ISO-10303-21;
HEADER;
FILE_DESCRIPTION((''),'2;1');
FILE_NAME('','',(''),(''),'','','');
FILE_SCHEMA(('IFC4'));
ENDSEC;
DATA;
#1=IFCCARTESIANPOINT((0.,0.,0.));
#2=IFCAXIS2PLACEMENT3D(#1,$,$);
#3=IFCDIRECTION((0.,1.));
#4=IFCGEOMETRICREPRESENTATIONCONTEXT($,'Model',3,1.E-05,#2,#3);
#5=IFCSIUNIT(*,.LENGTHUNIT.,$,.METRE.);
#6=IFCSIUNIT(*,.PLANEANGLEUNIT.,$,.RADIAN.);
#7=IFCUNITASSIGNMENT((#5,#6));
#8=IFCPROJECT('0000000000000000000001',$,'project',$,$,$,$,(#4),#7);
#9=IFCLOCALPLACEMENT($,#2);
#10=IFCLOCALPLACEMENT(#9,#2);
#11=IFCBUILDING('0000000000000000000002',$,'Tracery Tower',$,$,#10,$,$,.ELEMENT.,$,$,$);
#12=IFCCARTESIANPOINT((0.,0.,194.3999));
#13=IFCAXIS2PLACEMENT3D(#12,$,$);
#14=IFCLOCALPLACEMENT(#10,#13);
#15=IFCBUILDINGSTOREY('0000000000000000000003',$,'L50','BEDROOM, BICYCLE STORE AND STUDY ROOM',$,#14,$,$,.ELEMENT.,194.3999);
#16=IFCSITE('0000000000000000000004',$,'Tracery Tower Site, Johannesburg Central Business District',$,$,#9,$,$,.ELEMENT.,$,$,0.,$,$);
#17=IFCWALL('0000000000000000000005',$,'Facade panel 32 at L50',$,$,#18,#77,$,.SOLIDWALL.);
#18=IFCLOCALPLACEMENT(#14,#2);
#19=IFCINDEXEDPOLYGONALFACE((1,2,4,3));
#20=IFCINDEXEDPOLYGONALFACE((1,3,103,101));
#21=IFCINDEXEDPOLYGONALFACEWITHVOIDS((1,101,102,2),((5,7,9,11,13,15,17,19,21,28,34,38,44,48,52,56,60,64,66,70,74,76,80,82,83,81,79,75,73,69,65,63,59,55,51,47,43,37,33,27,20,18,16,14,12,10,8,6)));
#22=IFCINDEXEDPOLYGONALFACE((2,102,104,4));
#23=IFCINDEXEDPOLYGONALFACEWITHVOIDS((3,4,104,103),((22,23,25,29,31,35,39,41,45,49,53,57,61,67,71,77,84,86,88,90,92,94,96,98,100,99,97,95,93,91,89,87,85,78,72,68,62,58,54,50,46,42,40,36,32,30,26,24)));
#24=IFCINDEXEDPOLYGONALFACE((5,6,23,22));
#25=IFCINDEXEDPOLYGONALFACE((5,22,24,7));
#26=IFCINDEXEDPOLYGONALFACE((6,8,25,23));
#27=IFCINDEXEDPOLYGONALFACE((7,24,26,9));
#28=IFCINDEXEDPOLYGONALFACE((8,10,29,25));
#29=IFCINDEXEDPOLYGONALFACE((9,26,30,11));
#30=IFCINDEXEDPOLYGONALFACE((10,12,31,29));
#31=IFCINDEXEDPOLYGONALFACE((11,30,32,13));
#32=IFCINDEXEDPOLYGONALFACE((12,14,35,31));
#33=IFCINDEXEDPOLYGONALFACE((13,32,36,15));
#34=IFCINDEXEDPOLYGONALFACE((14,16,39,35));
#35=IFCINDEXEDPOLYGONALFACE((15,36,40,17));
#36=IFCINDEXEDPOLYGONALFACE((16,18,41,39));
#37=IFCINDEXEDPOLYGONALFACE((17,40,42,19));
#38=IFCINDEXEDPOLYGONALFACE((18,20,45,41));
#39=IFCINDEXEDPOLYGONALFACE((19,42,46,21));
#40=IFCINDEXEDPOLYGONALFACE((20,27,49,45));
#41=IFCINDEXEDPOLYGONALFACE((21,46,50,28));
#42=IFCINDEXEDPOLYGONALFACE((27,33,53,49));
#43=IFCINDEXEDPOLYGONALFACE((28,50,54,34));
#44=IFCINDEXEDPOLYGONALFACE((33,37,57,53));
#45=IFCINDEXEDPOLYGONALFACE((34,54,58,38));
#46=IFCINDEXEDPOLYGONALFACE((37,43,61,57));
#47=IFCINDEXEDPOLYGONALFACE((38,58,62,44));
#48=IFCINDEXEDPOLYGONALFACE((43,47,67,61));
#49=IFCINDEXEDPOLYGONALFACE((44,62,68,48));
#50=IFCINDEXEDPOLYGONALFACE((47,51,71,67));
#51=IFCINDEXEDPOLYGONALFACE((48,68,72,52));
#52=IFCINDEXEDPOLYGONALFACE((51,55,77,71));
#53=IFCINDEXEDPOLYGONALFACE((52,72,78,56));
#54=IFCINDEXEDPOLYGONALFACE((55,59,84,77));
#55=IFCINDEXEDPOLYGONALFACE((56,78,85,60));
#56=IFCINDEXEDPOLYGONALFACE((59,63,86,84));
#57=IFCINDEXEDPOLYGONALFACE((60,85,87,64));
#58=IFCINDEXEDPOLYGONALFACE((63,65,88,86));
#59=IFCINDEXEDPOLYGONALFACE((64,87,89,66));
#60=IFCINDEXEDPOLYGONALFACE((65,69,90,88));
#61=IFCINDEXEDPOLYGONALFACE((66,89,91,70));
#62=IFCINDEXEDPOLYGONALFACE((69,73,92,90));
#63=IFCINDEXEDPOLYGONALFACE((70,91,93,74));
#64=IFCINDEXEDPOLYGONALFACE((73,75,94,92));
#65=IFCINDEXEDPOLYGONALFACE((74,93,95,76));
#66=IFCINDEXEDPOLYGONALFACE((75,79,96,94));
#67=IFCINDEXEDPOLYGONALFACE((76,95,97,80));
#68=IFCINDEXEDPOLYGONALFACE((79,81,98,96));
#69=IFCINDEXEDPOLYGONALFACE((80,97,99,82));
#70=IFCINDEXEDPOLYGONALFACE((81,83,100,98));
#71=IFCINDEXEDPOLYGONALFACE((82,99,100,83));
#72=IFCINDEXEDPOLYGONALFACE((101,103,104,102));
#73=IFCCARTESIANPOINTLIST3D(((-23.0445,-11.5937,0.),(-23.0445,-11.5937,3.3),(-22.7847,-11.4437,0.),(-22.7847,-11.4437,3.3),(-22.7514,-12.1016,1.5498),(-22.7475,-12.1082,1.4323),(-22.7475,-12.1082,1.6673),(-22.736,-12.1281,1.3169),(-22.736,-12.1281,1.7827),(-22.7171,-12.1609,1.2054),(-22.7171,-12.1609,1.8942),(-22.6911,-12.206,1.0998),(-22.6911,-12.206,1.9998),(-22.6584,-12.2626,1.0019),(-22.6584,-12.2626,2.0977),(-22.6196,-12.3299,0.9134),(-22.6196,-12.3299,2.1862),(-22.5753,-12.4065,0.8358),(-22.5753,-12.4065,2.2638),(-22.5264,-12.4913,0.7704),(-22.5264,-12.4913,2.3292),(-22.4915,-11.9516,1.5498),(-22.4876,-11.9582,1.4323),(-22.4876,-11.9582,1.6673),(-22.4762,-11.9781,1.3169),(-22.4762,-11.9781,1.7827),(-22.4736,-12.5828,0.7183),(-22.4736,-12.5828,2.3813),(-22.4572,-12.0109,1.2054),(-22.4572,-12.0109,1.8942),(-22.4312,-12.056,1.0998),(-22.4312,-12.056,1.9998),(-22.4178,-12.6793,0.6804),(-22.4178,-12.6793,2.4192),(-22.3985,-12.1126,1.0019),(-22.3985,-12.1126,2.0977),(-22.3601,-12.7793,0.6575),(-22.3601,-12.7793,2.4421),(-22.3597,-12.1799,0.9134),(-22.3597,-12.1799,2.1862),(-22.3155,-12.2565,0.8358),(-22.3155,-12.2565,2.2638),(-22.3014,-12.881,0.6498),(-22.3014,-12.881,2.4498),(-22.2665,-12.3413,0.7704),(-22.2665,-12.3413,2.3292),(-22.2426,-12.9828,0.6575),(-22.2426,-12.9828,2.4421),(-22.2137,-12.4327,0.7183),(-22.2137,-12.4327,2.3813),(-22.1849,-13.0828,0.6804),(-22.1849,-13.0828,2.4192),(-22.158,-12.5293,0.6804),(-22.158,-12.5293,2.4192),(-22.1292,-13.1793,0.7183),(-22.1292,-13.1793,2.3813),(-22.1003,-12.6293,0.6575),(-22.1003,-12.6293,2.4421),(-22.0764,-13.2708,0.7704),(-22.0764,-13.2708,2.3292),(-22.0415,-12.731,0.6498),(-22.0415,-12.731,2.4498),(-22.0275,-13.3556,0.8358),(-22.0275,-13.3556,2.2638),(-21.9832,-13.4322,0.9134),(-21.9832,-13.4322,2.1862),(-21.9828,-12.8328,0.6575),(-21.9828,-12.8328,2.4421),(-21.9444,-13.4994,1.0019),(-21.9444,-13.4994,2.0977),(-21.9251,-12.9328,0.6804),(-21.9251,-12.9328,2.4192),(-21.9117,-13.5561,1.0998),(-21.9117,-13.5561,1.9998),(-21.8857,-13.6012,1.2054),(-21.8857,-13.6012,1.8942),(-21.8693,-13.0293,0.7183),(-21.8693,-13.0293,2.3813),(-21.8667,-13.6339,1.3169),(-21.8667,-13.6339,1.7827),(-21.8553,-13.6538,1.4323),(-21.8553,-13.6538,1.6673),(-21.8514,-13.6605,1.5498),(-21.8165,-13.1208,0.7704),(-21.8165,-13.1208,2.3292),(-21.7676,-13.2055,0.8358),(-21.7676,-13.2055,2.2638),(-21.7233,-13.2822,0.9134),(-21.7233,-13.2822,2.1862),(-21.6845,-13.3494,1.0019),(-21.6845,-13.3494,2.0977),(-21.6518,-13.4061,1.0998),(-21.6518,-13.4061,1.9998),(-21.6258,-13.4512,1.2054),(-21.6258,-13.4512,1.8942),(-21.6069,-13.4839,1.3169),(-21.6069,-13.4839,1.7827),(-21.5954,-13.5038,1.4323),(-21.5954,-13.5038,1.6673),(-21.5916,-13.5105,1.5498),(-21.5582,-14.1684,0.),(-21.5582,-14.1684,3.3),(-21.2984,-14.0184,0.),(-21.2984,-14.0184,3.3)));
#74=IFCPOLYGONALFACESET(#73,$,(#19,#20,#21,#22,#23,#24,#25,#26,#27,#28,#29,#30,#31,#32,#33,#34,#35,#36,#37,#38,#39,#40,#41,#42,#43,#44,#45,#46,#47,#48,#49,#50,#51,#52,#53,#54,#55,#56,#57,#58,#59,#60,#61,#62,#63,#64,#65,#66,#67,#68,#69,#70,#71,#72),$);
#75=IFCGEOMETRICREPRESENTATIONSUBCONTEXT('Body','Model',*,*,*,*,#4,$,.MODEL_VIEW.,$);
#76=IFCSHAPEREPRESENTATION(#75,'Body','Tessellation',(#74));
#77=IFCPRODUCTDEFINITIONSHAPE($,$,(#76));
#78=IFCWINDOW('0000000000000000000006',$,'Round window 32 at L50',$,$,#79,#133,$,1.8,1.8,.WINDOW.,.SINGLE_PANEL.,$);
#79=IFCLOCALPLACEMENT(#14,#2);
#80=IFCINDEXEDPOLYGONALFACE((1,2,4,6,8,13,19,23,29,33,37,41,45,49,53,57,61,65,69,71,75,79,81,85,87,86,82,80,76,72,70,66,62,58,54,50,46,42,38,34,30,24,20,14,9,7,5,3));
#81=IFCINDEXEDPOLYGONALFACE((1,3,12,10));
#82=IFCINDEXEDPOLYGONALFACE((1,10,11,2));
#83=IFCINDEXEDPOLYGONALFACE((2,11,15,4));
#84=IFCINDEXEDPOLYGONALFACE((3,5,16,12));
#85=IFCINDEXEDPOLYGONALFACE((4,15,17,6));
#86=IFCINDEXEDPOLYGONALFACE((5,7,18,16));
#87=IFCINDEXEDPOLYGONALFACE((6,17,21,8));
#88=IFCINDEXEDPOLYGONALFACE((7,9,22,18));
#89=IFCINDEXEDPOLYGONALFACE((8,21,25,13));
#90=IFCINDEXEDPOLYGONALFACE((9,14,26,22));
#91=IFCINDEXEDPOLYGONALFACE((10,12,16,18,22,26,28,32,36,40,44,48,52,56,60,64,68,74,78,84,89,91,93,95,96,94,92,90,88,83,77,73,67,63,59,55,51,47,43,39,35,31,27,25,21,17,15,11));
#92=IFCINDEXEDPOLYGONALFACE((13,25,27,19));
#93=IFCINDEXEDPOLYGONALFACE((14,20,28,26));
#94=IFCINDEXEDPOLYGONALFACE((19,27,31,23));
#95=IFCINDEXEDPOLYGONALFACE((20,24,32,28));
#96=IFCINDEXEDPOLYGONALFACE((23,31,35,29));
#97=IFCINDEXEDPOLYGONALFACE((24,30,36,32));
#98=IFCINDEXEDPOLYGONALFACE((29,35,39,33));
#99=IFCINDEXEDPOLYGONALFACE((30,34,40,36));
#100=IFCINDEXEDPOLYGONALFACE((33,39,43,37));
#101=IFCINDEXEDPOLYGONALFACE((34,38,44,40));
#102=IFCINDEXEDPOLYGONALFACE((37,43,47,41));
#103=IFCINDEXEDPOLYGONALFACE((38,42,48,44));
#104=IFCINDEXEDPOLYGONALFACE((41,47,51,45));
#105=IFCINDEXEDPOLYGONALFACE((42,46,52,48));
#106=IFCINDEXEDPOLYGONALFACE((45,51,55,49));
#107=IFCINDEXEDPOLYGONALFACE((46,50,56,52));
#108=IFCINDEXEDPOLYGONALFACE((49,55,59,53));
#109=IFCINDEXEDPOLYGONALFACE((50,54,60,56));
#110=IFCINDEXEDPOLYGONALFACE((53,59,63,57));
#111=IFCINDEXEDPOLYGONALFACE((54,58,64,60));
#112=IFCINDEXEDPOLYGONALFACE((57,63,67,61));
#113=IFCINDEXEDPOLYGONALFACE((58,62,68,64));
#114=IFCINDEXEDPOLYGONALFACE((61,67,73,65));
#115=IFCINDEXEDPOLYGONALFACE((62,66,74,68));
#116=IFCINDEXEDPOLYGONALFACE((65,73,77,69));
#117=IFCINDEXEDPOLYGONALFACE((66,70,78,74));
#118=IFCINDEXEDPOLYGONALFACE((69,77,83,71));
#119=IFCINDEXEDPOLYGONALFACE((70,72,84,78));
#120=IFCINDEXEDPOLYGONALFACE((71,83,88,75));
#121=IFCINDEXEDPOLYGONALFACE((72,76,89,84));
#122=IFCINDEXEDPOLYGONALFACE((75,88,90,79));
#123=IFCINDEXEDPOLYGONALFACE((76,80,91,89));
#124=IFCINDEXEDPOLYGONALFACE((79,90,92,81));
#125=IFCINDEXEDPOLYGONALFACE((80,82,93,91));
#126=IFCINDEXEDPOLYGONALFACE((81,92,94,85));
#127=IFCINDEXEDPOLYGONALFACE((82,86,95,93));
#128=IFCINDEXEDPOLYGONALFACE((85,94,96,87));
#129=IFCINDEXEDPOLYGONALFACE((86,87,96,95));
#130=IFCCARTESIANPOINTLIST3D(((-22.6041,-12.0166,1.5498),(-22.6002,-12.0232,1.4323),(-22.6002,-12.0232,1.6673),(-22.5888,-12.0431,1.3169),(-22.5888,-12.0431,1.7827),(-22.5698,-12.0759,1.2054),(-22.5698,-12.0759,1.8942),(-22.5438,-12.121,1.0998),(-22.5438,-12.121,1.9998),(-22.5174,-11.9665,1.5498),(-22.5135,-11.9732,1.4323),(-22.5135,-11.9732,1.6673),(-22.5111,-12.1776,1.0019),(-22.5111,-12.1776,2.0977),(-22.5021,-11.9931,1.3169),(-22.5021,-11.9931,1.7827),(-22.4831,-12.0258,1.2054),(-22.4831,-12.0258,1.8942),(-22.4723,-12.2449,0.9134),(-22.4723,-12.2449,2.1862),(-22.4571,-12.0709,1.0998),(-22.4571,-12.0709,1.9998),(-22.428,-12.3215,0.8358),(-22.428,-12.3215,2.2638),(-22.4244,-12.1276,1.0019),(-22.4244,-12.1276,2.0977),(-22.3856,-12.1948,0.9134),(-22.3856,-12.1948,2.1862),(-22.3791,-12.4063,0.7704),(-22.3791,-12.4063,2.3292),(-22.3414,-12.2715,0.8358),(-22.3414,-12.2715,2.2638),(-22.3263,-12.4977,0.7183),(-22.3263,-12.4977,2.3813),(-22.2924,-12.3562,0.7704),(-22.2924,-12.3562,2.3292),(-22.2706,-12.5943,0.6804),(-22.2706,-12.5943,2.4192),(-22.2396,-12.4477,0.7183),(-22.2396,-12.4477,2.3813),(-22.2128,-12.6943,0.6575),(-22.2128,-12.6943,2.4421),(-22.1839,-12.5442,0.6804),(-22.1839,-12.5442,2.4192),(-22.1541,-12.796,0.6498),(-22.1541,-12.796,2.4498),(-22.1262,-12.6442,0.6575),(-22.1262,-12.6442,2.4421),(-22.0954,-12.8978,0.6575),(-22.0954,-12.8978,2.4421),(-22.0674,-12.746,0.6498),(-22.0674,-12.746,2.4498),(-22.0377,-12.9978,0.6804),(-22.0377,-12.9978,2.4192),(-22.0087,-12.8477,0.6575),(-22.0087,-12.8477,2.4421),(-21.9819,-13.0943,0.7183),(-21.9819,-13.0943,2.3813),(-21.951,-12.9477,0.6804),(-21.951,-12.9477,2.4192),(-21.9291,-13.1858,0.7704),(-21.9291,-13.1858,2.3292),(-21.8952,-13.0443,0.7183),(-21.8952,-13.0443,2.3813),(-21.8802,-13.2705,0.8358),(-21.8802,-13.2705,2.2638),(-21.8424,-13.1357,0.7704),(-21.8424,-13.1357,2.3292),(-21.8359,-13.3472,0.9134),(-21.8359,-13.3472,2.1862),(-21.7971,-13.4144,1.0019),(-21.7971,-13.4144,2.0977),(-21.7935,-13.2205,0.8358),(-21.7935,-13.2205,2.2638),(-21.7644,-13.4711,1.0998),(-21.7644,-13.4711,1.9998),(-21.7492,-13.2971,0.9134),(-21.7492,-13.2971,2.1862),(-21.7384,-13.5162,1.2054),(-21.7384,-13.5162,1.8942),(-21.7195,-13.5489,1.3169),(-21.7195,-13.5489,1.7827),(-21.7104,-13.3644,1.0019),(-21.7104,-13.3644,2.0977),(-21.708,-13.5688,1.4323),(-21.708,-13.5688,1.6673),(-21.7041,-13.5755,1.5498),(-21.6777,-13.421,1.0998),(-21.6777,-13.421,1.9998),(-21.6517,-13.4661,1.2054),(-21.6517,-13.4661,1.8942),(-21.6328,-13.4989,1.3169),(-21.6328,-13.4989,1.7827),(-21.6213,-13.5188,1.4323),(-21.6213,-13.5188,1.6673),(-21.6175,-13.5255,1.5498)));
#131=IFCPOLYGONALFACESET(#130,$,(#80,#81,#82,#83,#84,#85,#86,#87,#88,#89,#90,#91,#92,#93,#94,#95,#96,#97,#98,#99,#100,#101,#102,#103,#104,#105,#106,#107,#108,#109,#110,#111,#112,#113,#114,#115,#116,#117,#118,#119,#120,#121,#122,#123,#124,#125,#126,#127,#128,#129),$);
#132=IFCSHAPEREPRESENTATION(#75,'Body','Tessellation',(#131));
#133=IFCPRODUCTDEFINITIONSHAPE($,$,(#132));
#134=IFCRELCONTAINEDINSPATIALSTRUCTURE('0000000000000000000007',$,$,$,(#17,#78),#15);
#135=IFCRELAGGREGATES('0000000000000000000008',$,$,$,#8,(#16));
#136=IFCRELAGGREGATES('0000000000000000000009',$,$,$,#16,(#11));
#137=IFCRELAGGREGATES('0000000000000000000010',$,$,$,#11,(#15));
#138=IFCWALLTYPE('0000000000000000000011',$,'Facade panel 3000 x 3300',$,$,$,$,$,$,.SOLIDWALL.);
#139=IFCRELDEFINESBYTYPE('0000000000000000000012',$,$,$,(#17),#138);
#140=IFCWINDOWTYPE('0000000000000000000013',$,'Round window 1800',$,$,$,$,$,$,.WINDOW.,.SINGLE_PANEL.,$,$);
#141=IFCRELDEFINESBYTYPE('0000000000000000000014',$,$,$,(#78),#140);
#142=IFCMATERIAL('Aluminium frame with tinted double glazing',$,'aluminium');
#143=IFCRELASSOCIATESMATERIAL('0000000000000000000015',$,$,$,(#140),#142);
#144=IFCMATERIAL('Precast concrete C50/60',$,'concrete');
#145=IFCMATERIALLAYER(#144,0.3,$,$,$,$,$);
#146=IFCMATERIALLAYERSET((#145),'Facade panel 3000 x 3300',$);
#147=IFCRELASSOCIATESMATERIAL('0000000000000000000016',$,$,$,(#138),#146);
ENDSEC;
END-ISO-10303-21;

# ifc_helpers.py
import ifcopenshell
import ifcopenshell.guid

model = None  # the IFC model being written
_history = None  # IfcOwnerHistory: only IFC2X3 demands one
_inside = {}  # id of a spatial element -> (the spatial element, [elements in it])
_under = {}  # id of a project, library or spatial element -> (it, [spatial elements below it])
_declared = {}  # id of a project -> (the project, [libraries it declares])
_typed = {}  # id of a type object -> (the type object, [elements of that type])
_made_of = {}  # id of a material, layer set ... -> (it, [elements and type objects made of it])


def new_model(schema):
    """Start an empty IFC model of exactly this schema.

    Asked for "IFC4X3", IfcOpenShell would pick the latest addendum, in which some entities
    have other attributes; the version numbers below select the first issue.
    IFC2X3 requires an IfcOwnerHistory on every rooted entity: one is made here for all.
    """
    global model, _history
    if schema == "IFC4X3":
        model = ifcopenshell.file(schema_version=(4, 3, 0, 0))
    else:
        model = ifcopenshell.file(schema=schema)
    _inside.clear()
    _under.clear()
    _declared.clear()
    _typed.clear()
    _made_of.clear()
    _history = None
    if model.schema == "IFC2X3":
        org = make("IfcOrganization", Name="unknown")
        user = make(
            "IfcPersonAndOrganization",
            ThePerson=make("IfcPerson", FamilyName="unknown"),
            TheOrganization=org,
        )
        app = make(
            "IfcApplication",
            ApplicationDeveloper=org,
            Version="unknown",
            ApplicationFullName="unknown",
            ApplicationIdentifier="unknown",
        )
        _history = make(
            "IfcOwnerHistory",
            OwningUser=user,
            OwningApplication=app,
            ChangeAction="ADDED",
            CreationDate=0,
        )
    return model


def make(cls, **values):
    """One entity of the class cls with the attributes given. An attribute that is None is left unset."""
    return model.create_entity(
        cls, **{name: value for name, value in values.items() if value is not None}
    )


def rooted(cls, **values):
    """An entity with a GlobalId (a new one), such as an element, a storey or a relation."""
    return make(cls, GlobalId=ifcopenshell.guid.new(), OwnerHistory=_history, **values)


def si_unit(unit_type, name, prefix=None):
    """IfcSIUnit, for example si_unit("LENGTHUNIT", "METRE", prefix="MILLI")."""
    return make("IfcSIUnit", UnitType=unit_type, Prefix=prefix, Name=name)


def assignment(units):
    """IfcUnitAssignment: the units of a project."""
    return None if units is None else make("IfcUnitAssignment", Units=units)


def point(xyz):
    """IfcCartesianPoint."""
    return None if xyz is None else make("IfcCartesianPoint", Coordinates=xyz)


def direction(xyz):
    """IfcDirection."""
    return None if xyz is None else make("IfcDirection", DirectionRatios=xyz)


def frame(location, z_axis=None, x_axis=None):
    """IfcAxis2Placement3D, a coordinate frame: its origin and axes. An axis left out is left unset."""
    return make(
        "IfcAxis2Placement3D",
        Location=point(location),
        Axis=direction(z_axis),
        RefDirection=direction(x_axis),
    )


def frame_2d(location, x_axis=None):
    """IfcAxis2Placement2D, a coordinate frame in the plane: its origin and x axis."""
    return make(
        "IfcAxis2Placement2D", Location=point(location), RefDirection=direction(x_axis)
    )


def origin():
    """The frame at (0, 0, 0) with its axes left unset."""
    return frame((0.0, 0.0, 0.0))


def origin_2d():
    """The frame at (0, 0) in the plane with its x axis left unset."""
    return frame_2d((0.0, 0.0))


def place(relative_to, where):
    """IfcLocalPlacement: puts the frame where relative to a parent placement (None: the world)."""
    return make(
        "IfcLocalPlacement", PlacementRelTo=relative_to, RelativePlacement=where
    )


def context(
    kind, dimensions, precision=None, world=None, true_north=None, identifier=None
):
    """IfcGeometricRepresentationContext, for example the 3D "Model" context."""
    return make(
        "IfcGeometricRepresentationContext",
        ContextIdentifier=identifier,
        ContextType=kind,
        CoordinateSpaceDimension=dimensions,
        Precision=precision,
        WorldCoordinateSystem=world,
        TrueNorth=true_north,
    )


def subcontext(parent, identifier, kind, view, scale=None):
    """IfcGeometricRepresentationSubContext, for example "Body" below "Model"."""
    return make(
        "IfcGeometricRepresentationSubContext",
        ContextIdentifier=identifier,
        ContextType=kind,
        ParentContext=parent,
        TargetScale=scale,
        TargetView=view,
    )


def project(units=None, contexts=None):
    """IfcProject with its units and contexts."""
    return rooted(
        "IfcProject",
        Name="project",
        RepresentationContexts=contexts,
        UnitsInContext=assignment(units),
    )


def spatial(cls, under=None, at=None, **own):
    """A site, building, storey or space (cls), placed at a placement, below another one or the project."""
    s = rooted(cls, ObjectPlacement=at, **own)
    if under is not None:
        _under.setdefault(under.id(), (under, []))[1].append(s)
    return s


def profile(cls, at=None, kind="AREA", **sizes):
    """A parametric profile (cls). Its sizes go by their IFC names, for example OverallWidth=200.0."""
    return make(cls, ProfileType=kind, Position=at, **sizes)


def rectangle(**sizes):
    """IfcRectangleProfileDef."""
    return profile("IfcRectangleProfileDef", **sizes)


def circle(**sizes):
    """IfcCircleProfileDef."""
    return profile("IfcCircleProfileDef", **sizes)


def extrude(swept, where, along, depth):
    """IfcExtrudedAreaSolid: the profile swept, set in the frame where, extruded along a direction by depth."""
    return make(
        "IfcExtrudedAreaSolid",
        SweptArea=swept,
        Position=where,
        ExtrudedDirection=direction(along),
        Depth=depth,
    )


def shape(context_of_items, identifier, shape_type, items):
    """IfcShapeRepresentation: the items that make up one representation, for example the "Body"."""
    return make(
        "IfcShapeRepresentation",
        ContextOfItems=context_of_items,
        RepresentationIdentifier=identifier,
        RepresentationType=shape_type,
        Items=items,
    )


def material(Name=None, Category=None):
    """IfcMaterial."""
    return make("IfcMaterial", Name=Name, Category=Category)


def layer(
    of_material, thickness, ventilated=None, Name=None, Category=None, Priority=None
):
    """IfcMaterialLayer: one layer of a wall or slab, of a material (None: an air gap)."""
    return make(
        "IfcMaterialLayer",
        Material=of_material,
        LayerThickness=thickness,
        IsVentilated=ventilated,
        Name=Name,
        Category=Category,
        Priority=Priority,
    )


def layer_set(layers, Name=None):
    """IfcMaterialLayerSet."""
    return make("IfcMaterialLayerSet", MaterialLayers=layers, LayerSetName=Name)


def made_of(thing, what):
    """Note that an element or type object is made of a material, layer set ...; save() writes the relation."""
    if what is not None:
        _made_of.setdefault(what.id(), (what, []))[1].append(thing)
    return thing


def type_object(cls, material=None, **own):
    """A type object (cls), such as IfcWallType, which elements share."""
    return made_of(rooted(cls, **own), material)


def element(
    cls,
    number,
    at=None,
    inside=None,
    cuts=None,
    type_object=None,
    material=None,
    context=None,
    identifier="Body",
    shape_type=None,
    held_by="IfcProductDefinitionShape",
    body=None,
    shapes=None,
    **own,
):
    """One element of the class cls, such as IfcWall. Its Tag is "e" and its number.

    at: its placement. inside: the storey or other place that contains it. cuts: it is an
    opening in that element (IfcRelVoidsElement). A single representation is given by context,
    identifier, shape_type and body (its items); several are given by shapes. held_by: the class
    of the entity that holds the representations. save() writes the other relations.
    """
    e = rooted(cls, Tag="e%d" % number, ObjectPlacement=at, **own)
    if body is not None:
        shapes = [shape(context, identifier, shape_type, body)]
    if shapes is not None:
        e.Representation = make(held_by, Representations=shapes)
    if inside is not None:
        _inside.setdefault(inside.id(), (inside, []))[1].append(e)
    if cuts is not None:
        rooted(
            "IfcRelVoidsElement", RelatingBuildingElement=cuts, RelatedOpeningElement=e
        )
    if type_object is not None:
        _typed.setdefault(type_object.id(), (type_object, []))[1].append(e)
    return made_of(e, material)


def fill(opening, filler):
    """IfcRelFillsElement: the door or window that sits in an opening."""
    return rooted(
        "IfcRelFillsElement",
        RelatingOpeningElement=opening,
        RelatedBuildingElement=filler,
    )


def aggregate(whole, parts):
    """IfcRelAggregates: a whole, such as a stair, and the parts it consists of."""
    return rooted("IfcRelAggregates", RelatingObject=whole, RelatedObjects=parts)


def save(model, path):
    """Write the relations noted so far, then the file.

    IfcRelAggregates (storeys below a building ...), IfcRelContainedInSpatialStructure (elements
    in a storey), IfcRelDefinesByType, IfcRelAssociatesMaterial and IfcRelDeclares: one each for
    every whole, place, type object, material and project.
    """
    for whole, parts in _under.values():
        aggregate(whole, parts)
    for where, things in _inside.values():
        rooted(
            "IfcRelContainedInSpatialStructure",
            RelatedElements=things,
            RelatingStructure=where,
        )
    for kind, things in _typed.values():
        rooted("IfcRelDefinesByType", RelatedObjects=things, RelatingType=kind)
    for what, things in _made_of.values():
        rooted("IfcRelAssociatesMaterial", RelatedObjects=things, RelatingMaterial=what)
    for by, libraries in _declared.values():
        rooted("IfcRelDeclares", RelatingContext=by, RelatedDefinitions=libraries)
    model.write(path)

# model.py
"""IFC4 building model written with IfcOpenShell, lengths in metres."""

from ifc_helpers import new_model, si_unit, direction, frame, frame_2d, origin, origin_2d, place, context, subcontext, project, spatial, rectangle, circle, extrude, material, layer, layer_set, type_object, element, fill, save


model = new_model("IFC4")

# Units and contexts
model_context = context("Model", 3, precision=1e-05, world=origin(), true_north=direction((0.0, 1.0)))
body_context = subcontext(model_context, "Body", "Model", "MODEL_VIEW")
ifc_project = project(units=[si_unit("LENGTHUNIT", "METRE"), si_unit("PLANEANGLEUNIT", "RADIAN")], contexts=[model_context])

# Site, building, storey
site_placement = place(None, origin())
site = spatial("IfcSite", under=ifc_project, at=site_placement, Name="Tracery Tower Site, Johannesburg Central Business District", CompositionType="ELEMENT", RefElevation=0.0)
building_placement = place(site_placement, origin())
building = spatial("IfcBuilding", under=site, at=building_placement, Name="Tracery Tower", CompositionType="ELEMENT")
storey_placement = place(building_placement, frame((0.0, 0.0, 194.3999)))
storey = spatial("IfcBuildingStorey", under=building, at=storey_placement, Name="L50", Description="BEDROOM, BICYCLE STORE AND STUDY ROOM", CompositionType="ELEMENT", Elevation=194.3999)

# Wall, opening, window
ifc_material_1 = material(Name="Aluminium frame with tinted double glazing", Category="aluminium")
window_type = type_object("IfcWindowType", Name="Round window 1800", PartitioningType="SINGLE_PANEL", PredefinedType="WINDOW", material=ifc_material_1)
ifc_material_2 = material(Name="Precast concrete C50/60", Category="concrete")
ifc_layer_1 = layer(ifc_material_2, 0.3)
ifc_layer_set_1 = layer_set([ifc_layer_1], Name="Facade panel 3000 x 3300")
wall_type_1 = type_object("IfcWallType", Name="Facade panel 3000 x 3300", PredefinedType="SOLIDWALL", material=ifc_layer_set_1)
wall_1_placement = place(storey_placement, frame((-22.9146, -11.5188, 0.0), z_axis=(0.0, 0.0, 1.0), x_axis=(0.499955, -0.866052, 0.0)))
wall_1 = element("IfcWall", 1, at=wall_1_placement, inside=storey, type_object=wall_type_1, Name="Facade panel 32 at L50", PredefinedType="SOLIDWALL", context=body_context, shape_type="SweptSolid", body=[
    extrude(rectangle(XDim=2.9729, YDim=0.3, at=frame_2d((1.4863, 0.0))), origin(), (0.0, 0.0, 1.0), 3.3),
])
opening_1_placement = place(wall_1_placement, frame((1.4863, 0.0, 1.5498)))
opening_1 = element("IfcOpeningElement", 2, at=opening_1_placement, cuts=wall_1, PredefinedType="OPENING", context=body_context, shape_type="SweptSolid", body=[
    extrude(circle(Radius=0.9, at=origin_2d()), frame((0.0, 0.1599, 0.0), z_axis=(0.0, -1.0, 0.0), x_axis=(1.0, 0.0, 0.0)), (0.0, 0.0, 1.0), 0.3201),
])
window_1_placement = place(opening_1_placement, origin())
window_1 = element("IfcWindow", 3, at=window_1_placement, inside=storey, type_object=window_type, Name="Round window 32 at L50", OverallHeight=1.8, OverallWidth=1.8, PartitioningType="SINGLE_PANEL", PredefinedType="WINDOW", context=body_context, shape_type="SweptSolid", body=[
    extrude(circle(Radius=0.9, at=origin_2d()), frame((0.0, 0.1201, 0.0), z_axis=(0.0, -1.0, 0.0), x_axis=(1.0, 0.0, 0.0)), (0.0, 0.0, 1.0), 0.1001),
])
fill(opening_1, window_1)

save(model, "model.ifc")
